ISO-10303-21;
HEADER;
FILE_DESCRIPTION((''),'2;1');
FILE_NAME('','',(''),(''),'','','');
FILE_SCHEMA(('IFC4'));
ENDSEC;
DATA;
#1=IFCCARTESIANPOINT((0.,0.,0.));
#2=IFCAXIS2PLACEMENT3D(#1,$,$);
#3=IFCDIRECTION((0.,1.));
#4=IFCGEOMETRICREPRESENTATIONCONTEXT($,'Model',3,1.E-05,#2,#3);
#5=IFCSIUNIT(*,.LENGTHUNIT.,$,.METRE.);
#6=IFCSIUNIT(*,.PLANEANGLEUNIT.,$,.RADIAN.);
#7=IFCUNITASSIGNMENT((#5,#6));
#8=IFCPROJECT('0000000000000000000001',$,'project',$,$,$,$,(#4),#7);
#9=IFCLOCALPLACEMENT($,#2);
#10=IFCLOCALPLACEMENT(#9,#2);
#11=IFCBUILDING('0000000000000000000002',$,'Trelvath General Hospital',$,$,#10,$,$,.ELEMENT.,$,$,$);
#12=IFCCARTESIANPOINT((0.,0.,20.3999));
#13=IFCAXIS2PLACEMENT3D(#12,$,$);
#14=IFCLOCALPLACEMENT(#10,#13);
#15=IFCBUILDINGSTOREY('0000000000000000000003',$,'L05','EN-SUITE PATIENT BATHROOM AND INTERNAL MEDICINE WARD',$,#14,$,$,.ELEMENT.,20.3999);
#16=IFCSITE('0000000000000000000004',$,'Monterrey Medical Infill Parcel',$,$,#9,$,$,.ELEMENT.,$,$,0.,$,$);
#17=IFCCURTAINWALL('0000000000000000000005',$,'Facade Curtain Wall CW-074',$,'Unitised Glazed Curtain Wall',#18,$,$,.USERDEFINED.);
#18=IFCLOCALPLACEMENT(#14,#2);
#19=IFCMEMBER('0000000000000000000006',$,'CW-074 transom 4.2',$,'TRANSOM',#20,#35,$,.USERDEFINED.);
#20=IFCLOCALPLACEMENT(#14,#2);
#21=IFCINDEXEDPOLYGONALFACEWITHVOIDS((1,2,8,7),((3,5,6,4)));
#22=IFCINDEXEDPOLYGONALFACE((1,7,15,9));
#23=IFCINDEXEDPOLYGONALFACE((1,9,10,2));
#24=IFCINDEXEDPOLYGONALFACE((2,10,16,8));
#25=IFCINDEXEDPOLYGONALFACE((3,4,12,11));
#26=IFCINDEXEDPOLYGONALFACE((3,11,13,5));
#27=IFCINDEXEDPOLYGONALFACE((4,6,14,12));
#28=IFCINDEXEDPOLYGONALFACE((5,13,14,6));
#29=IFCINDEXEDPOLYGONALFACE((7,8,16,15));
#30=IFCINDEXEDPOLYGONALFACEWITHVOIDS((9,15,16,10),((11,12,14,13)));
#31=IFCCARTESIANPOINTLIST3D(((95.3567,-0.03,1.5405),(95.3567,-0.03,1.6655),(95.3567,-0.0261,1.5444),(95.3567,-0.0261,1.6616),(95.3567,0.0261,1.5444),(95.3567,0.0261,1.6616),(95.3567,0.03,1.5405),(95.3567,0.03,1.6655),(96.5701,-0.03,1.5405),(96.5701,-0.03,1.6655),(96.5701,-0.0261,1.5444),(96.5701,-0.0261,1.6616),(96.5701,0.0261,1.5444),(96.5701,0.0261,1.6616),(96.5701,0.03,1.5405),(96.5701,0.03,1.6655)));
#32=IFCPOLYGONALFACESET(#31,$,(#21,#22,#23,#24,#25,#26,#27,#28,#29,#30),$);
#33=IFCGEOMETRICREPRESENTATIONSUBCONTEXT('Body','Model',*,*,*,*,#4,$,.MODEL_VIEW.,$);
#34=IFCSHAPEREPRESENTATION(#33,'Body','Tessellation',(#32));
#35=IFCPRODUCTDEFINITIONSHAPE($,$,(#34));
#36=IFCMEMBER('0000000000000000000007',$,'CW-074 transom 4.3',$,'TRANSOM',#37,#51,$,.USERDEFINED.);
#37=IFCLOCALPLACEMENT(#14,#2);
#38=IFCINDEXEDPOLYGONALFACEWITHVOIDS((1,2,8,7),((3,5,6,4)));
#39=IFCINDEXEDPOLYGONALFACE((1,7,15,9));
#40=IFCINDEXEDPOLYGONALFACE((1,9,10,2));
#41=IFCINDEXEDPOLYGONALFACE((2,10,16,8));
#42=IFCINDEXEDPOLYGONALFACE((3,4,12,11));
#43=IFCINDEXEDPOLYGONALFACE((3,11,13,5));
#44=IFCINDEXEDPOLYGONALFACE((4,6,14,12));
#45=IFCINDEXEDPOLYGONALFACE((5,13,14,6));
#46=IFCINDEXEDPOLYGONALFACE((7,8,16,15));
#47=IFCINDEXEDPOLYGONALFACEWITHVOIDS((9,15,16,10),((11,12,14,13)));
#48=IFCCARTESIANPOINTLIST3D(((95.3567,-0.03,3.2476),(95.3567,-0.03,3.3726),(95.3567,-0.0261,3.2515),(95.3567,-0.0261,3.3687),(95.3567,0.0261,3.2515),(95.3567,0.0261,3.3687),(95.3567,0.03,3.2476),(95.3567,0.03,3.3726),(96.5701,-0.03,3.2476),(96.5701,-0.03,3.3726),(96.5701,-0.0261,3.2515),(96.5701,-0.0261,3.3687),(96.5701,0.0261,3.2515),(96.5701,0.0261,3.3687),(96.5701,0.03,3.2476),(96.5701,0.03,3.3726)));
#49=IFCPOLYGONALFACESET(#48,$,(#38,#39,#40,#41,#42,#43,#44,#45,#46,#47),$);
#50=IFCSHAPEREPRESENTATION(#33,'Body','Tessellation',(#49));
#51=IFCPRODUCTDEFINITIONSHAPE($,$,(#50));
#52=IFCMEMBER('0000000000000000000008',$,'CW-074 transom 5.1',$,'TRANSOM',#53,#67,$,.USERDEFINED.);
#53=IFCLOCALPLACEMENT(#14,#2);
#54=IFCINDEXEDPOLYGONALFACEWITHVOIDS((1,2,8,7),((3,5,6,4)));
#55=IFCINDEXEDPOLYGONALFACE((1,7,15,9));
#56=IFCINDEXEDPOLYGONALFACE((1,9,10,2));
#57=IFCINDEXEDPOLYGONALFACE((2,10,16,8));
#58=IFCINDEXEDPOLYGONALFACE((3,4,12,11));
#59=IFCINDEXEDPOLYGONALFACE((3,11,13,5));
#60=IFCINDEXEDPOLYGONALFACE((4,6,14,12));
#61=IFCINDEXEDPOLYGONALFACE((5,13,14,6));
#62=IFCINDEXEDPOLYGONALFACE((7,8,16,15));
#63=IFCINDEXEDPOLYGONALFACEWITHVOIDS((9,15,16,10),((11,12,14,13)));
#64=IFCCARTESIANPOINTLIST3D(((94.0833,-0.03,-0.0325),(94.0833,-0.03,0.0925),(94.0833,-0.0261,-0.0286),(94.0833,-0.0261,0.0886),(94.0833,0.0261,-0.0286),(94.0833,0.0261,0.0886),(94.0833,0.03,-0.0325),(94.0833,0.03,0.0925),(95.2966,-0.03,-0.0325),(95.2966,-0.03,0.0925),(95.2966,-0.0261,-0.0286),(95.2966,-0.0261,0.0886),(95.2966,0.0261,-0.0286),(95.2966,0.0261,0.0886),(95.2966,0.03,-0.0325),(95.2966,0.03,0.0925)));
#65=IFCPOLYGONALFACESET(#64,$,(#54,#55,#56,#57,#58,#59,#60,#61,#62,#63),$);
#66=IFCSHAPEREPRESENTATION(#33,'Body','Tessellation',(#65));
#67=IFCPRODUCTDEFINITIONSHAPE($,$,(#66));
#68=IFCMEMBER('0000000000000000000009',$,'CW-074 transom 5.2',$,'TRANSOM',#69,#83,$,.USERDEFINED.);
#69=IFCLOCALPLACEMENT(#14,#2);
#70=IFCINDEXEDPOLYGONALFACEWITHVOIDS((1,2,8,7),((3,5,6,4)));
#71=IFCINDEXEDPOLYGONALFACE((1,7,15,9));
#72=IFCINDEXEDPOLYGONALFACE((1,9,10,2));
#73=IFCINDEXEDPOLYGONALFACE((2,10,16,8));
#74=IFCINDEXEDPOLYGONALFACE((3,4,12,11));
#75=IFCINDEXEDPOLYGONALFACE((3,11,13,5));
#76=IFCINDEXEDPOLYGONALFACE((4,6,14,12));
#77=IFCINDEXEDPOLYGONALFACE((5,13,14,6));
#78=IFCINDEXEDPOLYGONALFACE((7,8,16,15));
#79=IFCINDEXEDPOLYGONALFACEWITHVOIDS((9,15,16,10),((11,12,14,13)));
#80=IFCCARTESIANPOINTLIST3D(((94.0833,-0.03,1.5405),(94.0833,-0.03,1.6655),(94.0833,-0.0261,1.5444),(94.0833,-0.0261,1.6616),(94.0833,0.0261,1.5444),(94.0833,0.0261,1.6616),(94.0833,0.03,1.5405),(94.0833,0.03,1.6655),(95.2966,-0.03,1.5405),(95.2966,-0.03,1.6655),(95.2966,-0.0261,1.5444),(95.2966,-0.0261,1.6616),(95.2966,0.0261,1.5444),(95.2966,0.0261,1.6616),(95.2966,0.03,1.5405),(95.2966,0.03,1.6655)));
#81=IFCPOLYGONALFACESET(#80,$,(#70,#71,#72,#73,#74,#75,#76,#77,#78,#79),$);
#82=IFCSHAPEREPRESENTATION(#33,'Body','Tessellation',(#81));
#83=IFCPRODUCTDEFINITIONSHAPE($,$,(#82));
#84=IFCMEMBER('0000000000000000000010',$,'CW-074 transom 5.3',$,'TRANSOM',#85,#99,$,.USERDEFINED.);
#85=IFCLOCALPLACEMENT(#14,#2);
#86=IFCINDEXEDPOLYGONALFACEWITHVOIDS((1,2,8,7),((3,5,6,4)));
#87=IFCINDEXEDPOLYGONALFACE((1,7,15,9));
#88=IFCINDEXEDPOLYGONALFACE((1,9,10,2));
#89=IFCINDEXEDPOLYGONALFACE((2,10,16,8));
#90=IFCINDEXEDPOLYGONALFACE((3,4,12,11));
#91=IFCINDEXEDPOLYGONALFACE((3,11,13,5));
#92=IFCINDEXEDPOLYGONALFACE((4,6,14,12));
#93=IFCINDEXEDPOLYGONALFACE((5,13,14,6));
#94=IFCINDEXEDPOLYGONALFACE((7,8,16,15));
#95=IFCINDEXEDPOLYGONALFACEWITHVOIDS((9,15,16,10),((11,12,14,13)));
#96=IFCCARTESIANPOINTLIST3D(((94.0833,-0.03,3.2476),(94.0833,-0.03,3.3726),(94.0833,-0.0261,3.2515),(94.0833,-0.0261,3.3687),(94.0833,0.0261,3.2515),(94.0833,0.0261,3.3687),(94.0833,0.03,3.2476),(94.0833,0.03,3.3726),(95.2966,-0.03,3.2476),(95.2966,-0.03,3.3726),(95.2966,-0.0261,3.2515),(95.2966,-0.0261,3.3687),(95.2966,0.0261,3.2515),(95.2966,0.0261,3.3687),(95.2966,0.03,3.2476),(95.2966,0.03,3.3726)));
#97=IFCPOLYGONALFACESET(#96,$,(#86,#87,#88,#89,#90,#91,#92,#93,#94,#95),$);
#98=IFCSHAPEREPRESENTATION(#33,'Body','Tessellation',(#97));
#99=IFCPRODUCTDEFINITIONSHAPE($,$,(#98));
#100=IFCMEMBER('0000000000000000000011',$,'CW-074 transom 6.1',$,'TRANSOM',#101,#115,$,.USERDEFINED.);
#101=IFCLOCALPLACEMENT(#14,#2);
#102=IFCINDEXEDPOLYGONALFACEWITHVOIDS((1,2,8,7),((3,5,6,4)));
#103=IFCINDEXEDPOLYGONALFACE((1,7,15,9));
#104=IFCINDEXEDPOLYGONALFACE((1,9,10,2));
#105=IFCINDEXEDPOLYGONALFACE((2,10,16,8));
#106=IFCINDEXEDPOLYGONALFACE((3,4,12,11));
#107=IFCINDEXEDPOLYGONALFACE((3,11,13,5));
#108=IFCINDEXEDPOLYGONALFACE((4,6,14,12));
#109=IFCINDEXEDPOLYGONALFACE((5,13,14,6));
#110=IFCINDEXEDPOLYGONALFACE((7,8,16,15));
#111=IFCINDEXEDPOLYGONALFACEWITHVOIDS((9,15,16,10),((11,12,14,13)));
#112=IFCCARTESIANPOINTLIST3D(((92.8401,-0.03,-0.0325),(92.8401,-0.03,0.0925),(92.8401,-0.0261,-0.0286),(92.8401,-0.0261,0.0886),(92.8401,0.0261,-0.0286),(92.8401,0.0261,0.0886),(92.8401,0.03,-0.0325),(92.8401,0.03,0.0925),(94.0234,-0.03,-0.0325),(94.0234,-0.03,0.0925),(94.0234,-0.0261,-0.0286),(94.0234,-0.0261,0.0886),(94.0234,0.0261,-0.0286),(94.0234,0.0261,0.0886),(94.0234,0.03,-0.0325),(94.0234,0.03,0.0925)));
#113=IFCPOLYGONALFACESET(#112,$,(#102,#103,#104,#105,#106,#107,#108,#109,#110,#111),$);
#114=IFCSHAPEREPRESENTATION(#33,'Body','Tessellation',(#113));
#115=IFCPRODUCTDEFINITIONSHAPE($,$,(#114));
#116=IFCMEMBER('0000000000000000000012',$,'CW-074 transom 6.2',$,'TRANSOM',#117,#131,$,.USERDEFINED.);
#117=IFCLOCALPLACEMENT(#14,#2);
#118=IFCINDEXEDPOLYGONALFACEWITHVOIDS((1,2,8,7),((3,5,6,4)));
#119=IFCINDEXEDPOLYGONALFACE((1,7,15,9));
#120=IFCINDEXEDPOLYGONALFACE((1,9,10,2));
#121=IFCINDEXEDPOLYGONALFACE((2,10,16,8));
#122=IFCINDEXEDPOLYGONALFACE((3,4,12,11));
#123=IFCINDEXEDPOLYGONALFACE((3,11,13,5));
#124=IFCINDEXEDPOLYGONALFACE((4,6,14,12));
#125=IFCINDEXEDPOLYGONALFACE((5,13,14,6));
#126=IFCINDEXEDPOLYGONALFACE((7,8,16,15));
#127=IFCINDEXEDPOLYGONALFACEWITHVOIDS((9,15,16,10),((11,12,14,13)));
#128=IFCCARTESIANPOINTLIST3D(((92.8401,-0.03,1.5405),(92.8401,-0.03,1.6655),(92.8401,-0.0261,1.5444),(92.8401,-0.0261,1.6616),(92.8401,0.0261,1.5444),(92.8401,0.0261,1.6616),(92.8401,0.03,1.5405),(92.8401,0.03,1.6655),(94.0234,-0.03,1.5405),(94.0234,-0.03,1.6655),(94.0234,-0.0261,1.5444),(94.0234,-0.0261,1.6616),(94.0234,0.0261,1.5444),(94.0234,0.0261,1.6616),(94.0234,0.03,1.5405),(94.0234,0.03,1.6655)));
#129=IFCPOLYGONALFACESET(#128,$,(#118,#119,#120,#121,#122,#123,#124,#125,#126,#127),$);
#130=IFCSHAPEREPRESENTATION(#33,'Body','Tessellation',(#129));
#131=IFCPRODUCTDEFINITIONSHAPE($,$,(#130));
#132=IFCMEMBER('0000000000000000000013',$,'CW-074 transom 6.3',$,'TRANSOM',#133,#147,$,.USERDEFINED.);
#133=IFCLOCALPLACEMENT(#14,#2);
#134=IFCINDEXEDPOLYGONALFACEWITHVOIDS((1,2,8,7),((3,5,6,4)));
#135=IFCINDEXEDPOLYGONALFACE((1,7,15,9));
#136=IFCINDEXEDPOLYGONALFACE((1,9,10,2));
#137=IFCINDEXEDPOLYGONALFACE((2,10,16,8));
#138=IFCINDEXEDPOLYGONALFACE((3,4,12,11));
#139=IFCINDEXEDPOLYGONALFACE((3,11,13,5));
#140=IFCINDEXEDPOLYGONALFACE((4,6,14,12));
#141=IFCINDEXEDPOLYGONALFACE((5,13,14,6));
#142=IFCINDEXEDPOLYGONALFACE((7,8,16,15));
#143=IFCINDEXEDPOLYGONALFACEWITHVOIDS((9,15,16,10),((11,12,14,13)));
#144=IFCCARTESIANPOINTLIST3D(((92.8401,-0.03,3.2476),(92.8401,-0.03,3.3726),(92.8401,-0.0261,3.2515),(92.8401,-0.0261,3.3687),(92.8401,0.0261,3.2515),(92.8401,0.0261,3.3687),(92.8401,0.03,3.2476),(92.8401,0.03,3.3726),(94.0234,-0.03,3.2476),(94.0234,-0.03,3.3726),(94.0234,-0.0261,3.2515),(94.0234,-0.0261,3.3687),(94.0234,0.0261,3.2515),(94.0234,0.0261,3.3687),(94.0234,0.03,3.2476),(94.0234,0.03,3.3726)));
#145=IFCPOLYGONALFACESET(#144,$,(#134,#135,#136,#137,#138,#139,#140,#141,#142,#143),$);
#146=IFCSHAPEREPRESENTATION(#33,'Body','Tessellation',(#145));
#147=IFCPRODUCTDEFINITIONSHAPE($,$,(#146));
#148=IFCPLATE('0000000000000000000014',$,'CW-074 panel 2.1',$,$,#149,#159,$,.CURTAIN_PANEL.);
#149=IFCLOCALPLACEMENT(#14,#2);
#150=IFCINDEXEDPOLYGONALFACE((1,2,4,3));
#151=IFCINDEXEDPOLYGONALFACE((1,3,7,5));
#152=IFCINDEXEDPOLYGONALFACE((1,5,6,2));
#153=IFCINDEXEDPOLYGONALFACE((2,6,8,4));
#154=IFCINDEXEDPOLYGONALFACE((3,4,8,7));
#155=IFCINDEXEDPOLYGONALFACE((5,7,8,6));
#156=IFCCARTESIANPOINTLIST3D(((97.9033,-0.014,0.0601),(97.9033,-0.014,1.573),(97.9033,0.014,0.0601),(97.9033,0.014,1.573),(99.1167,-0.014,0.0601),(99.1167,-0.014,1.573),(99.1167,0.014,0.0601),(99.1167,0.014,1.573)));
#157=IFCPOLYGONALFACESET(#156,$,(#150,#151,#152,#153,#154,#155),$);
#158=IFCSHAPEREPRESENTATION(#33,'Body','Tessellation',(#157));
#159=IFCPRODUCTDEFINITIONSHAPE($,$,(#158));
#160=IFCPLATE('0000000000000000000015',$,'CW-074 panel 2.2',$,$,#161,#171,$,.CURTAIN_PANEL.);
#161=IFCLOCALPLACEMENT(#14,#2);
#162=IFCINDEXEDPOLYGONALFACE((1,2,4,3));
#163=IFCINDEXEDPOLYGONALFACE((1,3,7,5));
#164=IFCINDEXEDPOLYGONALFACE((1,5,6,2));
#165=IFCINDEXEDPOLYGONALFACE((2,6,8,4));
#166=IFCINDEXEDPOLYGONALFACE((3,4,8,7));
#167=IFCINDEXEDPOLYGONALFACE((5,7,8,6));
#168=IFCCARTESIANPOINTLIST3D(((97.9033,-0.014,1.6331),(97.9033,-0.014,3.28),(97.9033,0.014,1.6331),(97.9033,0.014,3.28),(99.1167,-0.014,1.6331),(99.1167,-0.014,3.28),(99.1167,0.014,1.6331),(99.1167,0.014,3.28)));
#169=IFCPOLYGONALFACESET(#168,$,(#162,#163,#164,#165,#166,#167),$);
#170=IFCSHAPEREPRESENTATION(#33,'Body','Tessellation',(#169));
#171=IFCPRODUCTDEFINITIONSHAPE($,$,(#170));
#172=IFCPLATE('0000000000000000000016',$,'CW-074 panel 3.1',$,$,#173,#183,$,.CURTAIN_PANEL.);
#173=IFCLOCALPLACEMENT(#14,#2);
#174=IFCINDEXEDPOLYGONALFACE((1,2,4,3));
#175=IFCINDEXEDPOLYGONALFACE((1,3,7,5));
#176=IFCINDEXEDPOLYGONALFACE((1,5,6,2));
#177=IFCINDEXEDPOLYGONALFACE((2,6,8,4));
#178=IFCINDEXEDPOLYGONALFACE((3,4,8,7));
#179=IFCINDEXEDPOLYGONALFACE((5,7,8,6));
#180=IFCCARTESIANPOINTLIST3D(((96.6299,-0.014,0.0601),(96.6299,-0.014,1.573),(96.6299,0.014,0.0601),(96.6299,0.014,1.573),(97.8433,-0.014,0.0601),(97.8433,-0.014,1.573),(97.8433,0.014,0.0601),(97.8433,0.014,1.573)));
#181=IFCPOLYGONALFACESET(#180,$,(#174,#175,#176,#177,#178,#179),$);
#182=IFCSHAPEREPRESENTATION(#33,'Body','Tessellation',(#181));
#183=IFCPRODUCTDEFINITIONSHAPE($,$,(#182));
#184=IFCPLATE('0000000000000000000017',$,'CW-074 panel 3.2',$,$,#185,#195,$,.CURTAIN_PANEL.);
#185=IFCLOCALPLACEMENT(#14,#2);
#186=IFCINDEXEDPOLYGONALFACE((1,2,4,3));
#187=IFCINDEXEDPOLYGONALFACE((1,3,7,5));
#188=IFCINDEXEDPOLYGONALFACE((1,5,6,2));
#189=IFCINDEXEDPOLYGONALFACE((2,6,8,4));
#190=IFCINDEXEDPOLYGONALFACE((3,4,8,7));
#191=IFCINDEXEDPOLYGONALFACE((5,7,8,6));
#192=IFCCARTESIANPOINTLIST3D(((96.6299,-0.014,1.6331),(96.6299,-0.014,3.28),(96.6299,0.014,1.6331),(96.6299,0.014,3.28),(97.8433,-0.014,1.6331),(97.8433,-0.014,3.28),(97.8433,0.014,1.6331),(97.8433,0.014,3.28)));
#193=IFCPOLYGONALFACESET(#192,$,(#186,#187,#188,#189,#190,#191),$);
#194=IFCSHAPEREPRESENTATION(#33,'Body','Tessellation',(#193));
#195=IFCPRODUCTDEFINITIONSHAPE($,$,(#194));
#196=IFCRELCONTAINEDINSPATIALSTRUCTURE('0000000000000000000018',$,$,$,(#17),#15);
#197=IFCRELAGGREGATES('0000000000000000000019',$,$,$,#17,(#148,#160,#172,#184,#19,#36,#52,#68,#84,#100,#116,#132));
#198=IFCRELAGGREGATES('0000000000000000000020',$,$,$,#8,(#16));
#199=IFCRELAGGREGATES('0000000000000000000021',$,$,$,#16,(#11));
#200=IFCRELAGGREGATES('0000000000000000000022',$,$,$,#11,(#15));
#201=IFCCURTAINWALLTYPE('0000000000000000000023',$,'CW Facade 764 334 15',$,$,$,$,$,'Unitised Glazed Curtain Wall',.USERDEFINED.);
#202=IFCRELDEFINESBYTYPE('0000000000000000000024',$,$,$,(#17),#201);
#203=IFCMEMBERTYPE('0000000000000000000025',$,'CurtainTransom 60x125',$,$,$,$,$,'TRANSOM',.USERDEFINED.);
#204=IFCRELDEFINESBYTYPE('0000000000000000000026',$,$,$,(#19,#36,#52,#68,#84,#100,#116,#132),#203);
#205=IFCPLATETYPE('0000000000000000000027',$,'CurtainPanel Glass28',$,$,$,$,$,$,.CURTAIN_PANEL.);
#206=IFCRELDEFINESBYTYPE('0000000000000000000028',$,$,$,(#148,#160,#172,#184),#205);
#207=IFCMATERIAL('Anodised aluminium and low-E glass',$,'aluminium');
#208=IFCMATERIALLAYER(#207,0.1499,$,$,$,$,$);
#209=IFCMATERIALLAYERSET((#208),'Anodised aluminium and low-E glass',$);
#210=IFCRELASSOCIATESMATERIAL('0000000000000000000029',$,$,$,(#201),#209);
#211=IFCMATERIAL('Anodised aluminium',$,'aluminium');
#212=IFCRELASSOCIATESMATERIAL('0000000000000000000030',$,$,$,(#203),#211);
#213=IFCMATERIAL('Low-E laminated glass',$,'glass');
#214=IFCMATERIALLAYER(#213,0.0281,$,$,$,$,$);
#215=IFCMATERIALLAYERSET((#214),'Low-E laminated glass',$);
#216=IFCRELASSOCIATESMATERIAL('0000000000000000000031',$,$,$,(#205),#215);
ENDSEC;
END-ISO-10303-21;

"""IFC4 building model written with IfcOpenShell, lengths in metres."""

from ifc_helpers import new_model, si_unit, direction, frame, origin, origin_2d, place, context, subcontext, project, spatial, rectangle, hollow_rectangle, extrude, material, layer, layer_set, material_profile, profile_set, type_object, element, aggregate, save


model = new_model("IFC4")

# Units and contexts
model_context = context("Model", 3, precision=1e-05, world=origin(), true_north=direction((0.0, 1.0)))
body_context = subcontext(model_context, "Body", "Model", "MODEL_VIEW")
ifc_project = project(units=[si_unit("LENGTHUNIT", "METRE"), si_unit("PLANEANGLEUNIT", "RADIAN")], contexts=[model_context])

# Site, building, storey
site_placement = place(None, origin())
site = spatial("IfcSite", under=ifc_project, at=site_placement, Name="Monterrey Medical Infill Parcel", CompositionType="ELEMENT", RefElevation=0.0)
building_placement = place(site_placement, origin())
building = spatial("IfcBuilding", under=site, at=building_placement, Name="Trelvath General Hospital", CompositionType="ELEMENT")
storey_placement = place(building_placement, frame((0.0, 0.0, 20.3999)))
storey = spatial("IfcBuildingStorey", under=building, at=storey_placement, Name="L05", Description="EN-SUITE PATIENT BATHROOM AND INTERNAL MEDICINE WARD", CompositionType="ELEMENT", Elevation=20.3999)

# Curtain wall, members, plates
ifc_material_1 = material(Name="Anodised aluminium and low-E glass", Category="aluminium")
ifc_layer_1 = layer(ifc_material_1, 0.1499)
ifc_layer_set_1 = layer_set([ifc_layer_1], Name="Anodised aluminium and low-E glass")
curtain_wall_type = type_object("IfcCurtainWallType", Name="CW Facade 764 334 15", ElementType="Unitised Glazed Curtain Wall", PredefinedType="USERDEFINED", material=ifc_layer_set_1)
curtain_wall_placement = place(storey_placement, origin())
curtain_wall = element("IfcCurtainWall", 1, at=curtain_wall_placement, inside=storey, type_object=curtain_wall_type, Name="Facade Curtain Wall CW-074", ObjectType="Unitised Glazed Curtain Wall", PredefinedType="USERDEFINED")
ifc_material_2 = material(Name="Anodised aluminium", Category="aluminium")
ifc_material_profile_1 = material_profile(ifc_material_2, hollow_rectangle(XDim=0.0601, YDim=0.125, WallThickness=0.0039, at=origin_2d()), Name="RHS60x125x4")
ifc_profile_set_1 = profile_set([ifc_material_profile_1], Name="Anodised aluminium")
member_type_1 = type_object("IfcMemberType", Name="CurtainTransom 60x125", ElementType="TRANSOM", PredefinedType="USERDEFINED", material=ifc_profile_set_1)
member_1_placement = place(storey_placement, frame((96.5701, 0.0, 1.603), z_axis=(-1.0, 0.0, 0.0), x_axis=(0.0, -1.0, 0.0)))
member_1 = element("IfcMember", 2, at=member_1_placement, type_object=member_type_1, Name="CW-074 transom 4.2", ObjectType="TRANSOM", PredefinedType="USERDEFINED", context=body_context, shape_type="SweptSolid", body=[
    extrude(hollow_rectangle(XDim=0.0601, YDim=0.125, WallThickness=0.0039, at=origin_2d()), origin(), (0.0, 0.0, 1.0), 1.2134),
])
member_2_placement = place(storey_placement, frame((96.5701, 0.0, 3.3101), z_axis=(-1.0, 0.0, 0.0), x_axis=(0.0, -1.0, 0.0)))
member_2 = element("IfcMember", 3, at=member_2_placement, type_object=member_type_1, Name="CW-074 transom 4.3", ObjectType="TRANSOM", PredefinedType="USERDEFINED", context=body_context, shape_type="SweptSolid", body=[
    extrude(hollow_rectangle(XDim=0.0601, YDim=0.125, WallThickness=0.0039, at=origin_2d()), origin(), (0.0, 0.0, 1.0), 1.2134),
])
member_3_placement = place(storey_placement, frame((95.2966, 0.0, 0.03), z_axis=(-1.0, 0.0, 0.0), x_axis=(0.0, -1.0, 0.0)))
member_3 = element("IfcMember", 4, at=member_3_placement, type_object=member_type_1, Name="CW-074 transom 5.1", ObjectType="TRANSOM", PredefinedType="USERDEFINED", context=body_context, shape_type="SweptSolid", body=[
    extrude(hollow_rectangle(XDim=0.0601, YDim=0.125, WallThickness=0.0039, at=origin_2d()), origin(), (0.0, 0.0, 1.0), 1.2134),
])
member_4_placement = place(storey_placement, frame((95.2966, 0.0, 1.603), z_axis=(-1.0, 0.0, 0.0), x_axis=(0.0, -1.0, 0.0)))
member_4 = element("IfcMember", 5, at=member_4_placement, type_object=member_type_1, Name="CW-074 transom 5.2", ObjectType="TRANSOM", PredefinedType="USERDEFINED", context=body_context, shape_type="SweptSolid", body=[
    extrude(hollow_rectangle(XDim=0.0601, YDim=0.125, WallThickness=0.0039, at=origin_2d()), origin(), (0.0, 0.0, 1.0), 1.2134),
])
member_5_placement = place(storey_placement, frame((95.2966, 0.0, 3.3101), z_axis=(-1.0, 0.0, 0.0), x_axis=(0.0, -1.0, 0.0)))
member_5 = element("IfcMember", 6, at=member_5_placement, type_object=member_type_1, Name="CW-074 transom 5.3", ObjectType="TRANSOM", PredefinedType="USERDEFINED", context=body_context, shape_type="SweptSolid", body=[
    extrude(hollow_rectangle(XDim=0.0601, YDim=0.125, WallThickness=0.0039, at=origin_2d()), origin(), (0.0, 0.0, 1.0), 1.2134),
])
member_6_placement = place(storey_placement, frame((94.0234, 0.0, 0.03), z_axis=(-1.0, 0.0, 0.0), x_axis=(0.0, -1.0, 0.0)))
member_6 = element("IfcMember", 7, at=member_6_placement, type_object=member_type_1, Name="CW-074 transom 6.1", ObjectType="TRANSOM", PredefinedType="USERDEFINED", context=body_context, shape_type="SweptSolid", body=[
    extrude(hollow_rectangle(XDim=0.0601, YDim=0.125, WallThickness=0.0039, at=origin_2d()), origin(), (0.0, 0.0, 1.0), 1.1833),
])
member_7_placement = place(storey_placement, frame((94.0234, 0.0, 1.603), z_axis=(-1.0, 0.0, 0.0), x_axis=(0.0, -1.0, 0.0)))
member_7 = element("IfcMember", 8, at=member_7_placement, type_object=member_type_1, Name="CW-074 transom 6.2", ObjectType="TRANSOM", PredefinedType="USERDEFINED", context=body_context, shape_type="SweptSolid", body=[
    extrude(hollow_rectangle(XDim=0.0601, YDim=0.125, WallThickness=0.0039, at=origin_2d()), origin(), (0.0, 0.0, 1.0), 1.1833),
])
member_8_placement = place(storey_placement, frame((94.0234, 0.0, 3.3101), z_axis=(-1.0, 0.0, 0.0), x_axis=(0.0, -1.0, 0.0)))
member_8 = element("IfcMember", 9, at=member_8_placement, type_object=member_type_1, Name="CW-074 transom 6.3", ObjectType="TRANSOM", PredefinedType="USERDEFINED", context=body_context, shape_type="SweptSolid", body=[
    extrude(hollow_rectangle(XDim=0.0601, YDim=0.125, WallThickness=0.0039, at=origin_2d()), origin(), (0.0, 0.0, 1.0), 1.1833),
])
ifc_material_3 = material(Name="Low-E laminated glass", Category="glass")
ifc_layer_2 = layer(ifc_material_3, 0.0281)
ifc_layer_set_2 = layer_set([ifc_layer_2], Name="Low-E laminated glass")
plate_type = type_object("IfcPlateType", Name="CurtainPanel Glass28", PredefinedType="CURTAIN_PANEL", material=ifc_layer_set_2)
plate_1_placement = place(storey_placement, frame((98.51, 0.0, 0.0601), z_axis=(0.0, 0.0, 1.0), x_axis=(-1.0, 0.0, 0.0)))
plate_1 = element("IfcPlate", 10, at=plate_1_placement, type_object=plate_type, Name="CW-074 panel 2.1", PredefinedType="CURTAIN_PANEL", context=body_context, shape_type="SweptSolid", body=[
    extrude(rectangle(XDim=1.2134, YDim=0.0281, at=origin_2d()), origin(), (0.0, 0.0, 1.0), 1.5129),
])
plate_2_placement = place(storey_placement, frame((98.51, 0.0, 1.6331), z_axis=(0.0, 0.0, 1.0), x_axis=(-1.0, 0.0, 0.0)))
plate_2 = element("IfcPlate", 11, at=plate_2_placement, type_object=plate_type, Name="CW-074 panel 2.2", PredefinedType="CURTAIN_PANEL", context=body_context, shape_type="SweptSolid", body=[
    extrude(rectangle(XDim=1.2134, YDim=0.0281, at=origin_2d()), origin(), (0.0, 0.0, 1.0), 1.647),
])
plate_3_placement = place(storey_placement, frame((97.2366, 0.0, 0.0601), z_axis=(0.0, 0.0, 1.0), x_axis=(-1.0, 0.0, 0.0)))
plate_3 = element("IfcPlate", 12, at=plate_3_placement, type_object=plate_type, Name="CW-074 panel 3.1", PredefinedType="CURTAIN_PANEL", context=body_context, shape_type="SweptSolid", body=[
    extrude(rectangle(XDim=1.2134, YDim=0.0281, at=origin_2d()), origin(), (0.0, 0.0, 1.0), 1.5129),
])
plate_4_placement = place(storey_placement, frame((97.2366, 0.0, 1.6331), z_axis=(0.0, 0.0, 1.0), x_axis=(-1.0, 0.0, 0.0)))
plate_4 = element("IfcPlate", 13, at=plate_4_placement, type_object=plate_type, Name="CW-074 panel 3.2", PredefinedType="CURTAIN_PANEL", context=body_context, shape_type="SweptSolid", body=[
    extrude(rectangle(XDim=1.2134, YDim=0.0281, at=origin_2d()), origin(), (0.0, 0.0, 1.0), 1.647),
])
aggregate(curtain_wall, [plate_1, plate_2, plate_3, plate_4, member_1, member_2, member_3, member_4, member_5, member_6, member_7, member_8])

save(model, "model.ifc")
